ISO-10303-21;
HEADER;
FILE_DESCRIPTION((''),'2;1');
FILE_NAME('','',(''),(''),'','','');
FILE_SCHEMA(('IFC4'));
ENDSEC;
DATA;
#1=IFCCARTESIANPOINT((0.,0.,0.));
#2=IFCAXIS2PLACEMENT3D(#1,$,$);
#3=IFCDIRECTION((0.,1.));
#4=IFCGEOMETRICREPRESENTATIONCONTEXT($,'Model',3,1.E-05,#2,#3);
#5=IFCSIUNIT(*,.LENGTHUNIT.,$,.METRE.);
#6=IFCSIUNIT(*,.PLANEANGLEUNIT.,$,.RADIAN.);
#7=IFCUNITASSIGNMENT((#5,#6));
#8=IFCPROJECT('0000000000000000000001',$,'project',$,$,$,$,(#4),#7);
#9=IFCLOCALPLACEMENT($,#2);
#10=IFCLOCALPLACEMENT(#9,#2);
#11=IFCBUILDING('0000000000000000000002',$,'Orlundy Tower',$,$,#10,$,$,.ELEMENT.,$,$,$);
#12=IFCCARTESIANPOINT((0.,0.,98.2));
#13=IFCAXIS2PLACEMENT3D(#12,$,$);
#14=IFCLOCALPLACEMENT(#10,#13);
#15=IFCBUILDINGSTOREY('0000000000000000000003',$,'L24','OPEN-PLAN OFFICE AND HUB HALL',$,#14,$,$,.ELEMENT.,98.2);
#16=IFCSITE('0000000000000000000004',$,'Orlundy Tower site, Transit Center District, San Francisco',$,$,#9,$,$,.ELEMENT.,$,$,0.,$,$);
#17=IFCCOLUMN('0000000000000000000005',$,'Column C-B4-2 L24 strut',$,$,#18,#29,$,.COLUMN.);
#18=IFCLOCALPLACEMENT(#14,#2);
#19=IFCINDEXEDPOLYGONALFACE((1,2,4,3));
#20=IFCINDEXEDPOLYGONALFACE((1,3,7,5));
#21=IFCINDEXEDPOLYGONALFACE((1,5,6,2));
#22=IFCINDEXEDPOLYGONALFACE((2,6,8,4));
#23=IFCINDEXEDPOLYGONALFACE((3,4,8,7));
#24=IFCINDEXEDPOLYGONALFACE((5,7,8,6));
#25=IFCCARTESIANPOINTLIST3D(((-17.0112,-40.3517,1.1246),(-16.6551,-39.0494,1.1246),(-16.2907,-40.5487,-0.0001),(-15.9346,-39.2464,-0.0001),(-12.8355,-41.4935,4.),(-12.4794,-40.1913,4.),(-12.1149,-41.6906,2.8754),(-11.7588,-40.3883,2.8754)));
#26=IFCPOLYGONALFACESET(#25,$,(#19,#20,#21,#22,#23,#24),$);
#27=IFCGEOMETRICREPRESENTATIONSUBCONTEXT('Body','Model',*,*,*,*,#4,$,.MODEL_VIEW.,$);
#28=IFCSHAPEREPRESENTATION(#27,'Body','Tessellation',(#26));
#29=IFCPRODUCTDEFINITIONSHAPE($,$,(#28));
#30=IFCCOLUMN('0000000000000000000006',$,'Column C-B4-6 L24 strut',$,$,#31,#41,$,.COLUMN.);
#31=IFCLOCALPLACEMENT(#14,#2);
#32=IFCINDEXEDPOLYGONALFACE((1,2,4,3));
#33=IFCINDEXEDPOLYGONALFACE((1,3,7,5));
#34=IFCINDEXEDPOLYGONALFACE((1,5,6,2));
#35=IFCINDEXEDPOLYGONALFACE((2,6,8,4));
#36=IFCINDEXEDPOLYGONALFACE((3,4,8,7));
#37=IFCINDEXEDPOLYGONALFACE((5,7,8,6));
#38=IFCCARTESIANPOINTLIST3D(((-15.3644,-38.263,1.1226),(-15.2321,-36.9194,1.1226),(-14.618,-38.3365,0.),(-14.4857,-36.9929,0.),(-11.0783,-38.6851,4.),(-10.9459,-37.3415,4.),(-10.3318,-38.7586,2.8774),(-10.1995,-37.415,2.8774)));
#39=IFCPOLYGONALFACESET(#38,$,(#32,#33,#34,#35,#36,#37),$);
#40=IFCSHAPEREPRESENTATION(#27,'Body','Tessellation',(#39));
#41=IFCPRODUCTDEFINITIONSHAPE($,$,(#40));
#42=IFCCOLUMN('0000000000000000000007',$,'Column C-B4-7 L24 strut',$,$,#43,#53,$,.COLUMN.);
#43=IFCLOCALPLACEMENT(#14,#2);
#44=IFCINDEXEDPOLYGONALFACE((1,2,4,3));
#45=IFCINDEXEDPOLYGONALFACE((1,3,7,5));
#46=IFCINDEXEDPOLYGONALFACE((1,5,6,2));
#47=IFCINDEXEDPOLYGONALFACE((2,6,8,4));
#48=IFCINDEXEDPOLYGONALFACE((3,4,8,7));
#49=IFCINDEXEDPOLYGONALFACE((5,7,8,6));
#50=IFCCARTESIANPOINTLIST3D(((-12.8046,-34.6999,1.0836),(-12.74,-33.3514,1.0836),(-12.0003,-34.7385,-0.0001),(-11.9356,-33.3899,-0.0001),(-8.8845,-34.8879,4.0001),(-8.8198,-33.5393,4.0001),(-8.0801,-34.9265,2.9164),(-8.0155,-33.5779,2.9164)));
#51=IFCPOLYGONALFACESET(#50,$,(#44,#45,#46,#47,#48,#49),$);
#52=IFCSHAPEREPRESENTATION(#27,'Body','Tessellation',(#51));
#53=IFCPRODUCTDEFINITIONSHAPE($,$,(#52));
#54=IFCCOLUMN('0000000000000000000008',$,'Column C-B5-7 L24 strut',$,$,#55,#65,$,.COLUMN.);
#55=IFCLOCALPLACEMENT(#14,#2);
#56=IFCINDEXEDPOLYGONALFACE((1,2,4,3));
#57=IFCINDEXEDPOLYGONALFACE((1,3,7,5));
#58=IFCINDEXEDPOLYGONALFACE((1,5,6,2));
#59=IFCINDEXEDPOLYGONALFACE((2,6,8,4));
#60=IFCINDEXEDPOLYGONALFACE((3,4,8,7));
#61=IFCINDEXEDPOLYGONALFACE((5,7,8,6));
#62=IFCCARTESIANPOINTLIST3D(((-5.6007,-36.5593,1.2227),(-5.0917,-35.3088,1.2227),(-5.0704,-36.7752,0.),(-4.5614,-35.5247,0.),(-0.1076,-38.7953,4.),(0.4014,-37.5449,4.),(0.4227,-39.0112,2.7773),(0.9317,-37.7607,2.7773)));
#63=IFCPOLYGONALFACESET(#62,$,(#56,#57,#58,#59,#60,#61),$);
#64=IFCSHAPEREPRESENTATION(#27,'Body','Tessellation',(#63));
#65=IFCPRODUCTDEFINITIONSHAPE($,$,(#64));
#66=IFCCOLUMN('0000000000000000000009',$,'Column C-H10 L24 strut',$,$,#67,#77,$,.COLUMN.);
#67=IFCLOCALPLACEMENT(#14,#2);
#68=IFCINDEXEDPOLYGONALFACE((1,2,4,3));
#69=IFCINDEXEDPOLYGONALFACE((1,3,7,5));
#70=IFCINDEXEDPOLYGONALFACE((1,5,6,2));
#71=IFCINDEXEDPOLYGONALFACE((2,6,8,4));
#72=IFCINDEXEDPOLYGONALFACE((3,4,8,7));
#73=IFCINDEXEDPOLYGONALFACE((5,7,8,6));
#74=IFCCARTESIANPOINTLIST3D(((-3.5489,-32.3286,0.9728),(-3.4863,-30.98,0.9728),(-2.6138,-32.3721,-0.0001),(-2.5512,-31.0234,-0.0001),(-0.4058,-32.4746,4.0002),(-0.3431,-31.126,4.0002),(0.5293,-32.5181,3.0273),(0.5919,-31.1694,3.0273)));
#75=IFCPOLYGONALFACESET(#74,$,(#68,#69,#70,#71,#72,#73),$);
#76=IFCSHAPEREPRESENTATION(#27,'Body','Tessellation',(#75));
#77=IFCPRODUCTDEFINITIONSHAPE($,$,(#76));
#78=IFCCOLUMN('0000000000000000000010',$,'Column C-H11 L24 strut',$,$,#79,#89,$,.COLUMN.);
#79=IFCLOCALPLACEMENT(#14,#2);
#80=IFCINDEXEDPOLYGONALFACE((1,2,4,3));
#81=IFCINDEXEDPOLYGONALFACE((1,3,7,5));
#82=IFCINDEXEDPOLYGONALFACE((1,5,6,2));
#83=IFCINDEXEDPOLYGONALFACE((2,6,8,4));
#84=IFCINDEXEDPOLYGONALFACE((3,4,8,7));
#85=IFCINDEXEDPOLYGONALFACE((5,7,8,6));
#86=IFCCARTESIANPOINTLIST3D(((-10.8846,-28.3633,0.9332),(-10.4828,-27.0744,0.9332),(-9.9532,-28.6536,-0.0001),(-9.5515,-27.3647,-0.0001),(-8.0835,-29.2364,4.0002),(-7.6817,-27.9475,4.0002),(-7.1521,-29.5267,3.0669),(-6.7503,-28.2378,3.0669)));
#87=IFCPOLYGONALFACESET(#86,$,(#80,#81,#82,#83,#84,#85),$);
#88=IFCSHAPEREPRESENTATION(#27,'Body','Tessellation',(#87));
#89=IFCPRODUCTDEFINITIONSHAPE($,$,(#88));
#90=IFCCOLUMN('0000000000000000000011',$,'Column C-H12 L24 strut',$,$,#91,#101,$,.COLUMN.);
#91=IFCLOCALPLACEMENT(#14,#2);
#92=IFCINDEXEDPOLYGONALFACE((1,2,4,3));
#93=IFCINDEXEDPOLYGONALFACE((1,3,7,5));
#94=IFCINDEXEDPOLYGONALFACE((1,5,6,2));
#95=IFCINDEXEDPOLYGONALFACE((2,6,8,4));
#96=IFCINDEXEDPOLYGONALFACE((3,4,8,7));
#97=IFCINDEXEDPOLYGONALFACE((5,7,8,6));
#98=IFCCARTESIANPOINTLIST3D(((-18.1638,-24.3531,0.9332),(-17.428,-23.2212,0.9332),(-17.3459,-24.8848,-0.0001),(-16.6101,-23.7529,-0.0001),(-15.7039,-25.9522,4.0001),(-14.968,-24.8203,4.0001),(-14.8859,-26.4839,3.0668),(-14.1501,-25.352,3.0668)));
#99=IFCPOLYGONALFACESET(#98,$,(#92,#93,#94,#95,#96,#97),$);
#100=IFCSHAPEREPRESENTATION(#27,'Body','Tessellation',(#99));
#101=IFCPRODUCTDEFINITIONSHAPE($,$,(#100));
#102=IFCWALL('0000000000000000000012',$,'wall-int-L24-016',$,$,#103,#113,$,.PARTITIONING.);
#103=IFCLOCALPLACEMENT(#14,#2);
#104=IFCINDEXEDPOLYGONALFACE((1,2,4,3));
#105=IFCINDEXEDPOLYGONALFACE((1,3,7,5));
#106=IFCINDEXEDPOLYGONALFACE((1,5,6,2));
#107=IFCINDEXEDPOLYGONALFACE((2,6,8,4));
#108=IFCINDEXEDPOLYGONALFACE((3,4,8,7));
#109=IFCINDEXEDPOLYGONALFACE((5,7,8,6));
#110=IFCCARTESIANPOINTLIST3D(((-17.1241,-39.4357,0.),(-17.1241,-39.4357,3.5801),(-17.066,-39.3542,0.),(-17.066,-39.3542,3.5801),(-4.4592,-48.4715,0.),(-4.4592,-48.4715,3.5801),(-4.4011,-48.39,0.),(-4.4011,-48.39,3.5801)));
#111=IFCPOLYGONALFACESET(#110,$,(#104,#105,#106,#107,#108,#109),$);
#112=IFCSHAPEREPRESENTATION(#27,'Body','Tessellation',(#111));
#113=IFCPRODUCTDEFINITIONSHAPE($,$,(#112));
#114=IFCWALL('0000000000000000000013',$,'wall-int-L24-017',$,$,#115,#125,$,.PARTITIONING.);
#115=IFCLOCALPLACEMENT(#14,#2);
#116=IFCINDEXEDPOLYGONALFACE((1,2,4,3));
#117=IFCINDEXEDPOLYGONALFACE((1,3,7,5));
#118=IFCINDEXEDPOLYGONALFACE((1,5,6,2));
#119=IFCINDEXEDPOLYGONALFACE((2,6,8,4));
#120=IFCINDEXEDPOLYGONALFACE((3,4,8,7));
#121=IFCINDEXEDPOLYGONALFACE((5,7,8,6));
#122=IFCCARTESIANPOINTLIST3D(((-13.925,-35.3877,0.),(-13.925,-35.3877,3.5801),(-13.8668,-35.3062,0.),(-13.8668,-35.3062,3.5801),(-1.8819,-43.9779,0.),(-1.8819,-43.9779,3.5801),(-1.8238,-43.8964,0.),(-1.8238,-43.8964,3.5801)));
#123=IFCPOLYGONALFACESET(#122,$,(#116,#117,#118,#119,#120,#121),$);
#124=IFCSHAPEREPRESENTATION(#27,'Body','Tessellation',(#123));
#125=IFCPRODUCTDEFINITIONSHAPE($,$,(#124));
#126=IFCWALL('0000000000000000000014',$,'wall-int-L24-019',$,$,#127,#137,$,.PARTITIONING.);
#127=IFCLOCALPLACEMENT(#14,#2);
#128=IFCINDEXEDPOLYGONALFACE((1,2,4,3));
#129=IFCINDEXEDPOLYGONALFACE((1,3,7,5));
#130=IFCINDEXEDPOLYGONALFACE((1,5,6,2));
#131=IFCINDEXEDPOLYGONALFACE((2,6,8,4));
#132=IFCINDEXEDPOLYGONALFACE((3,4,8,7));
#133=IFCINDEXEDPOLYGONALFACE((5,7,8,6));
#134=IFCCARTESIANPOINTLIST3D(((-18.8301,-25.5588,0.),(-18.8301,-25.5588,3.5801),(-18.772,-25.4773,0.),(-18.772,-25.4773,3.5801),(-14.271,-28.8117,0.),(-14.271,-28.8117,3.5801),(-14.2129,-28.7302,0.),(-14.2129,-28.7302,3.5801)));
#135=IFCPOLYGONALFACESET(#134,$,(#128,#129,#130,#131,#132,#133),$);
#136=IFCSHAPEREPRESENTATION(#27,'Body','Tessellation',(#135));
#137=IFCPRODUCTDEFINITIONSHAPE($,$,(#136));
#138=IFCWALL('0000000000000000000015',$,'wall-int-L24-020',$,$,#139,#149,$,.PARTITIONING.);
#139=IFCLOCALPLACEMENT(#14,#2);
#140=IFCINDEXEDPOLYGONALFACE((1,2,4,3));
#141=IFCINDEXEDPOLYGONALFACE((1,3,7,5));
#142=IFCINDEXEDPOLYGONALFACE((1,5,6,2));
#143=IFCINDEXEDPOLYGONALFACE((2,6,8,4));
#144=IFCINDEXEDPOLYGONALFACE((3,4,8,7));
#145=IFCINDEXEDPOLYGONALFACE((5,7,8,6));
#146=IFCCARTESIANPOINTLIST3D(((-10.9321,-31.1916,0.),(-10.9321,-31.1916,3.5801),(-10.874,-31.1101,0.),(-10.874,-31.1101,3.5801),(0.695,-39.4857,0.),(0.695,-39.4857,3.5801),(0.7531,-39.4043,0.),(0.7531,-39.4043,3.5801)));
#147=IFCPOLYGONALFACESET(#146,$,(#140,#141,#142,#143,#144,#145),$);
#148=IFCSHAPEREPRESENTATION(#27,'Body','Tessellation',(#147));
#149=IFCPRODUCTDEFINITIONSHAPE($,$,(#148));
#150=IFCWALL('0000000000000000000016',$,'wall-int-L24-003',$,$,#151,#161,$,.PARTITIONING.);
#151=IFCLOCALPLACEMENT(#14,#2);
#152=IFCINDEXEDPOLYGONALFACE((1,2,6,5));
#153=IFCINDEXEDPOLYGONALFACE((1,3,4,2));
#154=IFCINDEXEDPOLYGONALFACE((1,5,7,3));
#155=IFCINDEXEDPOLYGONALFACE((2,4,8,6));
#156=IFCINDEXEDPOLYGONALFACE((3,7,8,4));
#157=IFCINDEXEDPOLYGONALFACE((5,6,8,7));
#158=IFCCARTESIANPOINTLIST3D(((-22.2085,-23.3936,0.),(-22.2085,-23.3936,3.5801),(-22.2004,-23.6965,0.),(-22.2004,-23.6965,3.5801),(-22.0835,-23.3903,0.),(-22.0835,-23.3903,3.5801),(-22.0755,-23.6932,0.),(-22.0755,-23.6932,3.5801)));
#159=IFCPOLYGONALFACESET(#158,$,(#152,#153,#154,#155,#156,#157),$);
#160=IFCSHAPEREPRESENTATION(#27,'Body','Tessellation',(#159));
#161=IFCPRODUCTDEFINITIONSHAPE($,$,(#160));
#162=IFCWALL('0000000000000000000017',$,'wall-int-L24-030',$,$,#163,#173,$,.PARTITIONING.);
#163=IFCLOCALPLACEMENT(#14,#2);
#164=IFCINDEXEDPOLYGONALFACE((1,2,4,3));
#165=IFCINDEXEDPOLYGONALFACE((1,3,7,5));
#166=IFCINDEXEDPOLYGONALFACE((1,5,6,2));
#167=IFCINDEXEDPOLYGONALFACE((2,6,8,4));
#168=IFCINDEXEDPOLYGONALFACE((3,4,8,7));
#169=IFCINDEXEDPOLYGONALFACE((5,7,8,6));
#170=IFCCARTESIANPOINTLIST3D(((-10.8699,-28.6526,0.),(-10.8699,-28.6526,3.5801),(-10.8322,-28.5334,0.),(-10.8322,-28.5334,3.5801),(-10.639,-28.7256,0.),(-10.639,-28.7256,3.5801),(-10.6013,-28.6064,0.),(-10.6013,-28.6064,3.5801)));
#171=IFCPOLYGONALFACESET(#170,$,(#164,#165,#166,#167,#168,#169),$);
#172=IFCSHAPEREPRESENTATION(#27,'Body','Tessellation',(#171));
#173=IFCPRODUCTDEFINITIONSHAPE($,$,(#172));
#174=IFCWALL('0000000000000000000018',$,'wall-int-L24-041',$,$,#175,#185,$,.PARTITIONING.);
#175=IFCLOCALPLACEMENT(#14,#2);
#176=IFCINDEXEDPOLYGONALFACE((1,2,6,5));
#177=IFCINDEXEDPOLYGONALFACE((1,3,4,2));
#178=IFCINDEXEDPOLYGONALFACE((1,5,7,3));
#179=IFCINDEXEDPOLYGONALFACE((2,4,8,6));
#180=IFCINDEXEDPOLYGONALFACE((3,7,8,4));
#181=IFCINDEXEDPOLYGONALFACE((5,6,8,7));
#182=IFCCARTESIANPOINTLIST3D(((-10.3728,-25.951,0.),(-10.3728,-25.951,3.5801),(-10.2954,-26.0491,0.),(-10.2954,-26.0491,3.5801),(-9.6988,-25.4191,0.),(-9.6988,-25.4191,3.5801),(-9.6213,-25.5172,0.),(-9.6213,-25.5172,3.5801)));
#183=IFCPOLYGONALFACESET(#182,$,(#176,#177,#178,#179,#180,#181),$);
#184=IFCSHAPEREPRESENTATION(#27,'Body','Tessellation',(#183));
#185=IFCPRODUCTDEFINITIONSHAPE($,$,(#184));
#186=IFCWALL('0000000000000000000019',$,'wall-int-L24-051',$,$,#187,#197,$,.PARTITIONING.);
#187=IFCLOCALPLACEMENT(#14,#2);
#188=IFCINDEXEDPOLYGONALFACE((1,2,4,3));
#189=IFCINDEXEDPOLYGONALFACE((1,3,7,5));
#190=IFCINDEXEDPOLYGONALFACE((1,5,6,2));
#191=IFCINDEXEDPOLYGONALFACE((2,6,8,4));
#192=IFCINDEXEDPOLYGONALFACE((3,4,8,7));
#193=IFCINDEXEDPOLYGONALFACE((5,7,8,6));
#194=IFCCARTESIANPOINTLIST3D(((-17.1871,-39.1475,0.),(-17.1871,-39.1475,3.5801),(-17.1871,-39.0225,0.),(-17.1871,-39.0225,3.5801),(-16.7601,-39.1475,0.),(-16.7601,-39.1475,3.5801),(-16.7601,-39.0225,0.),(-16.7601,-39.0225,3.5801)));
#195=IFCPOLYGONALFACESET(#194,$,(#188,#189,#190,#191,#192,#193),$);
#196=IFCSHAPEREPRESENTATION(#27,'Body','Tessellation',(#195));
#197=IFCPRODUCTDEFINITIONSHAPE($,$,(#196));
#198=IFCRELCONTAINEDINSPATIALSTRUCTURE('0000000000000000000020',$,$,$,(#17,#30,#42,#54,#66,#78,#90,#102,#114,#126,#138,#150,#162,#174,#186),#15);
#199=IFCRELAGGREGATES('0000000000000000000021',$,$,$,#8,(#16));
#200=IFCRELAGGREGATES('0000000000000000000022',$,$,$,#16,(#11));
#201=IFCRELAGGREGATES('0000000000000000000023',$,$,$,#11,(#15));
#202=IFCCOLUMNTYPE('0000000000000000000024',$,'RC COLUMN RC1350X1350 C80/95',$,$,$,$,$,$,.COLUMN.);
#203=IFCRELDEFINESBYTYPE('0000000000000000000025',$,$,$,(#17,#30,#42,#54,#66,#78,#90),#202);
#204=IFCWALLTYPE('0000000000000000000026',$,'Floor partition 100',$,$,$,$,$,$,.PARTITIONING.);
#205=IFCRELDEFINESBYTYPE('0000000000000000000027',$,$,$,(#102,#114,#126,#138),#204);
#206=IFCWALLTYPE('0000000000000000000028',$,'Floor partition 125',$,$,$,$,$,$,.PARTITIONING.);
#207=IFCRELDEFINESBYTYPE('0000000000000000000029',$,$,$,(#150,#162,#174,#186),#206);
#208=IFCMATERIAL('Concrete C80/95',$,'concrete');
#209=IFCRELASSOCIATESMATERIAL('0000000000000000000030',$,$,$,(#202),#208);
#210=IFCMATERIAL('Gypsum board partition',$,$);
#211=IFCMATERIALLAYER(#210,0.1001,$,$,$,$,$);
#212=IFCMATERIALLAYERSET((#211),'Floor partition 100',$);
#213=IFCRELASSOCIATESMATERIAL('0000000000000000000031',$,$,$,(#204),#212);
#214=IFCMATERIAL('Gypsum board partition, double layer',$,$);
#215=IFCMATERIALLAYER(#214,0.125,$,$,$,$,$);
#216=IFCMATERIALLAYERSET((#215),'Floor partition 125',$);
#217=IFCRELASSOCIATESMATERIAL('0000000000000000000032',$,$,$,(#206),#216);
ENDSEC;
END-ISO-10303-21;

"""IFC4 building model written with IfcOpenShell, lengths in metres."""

from ifc_helpers import new_model, si_unit, direction, frame, frame_2d, origin, origin_2d, place, context, subcontext, project, spatial, rectangle, extrude, material, layer, layer_set, material_profile, profile_set, type_object, element, save


model = new_model("IFC4")

# Units and contexts
model_context = context("Model", 3, precision=1e-05, world=origin(), true_north=direction((0.0, 1.0)))
body_context = subcontext(model_context, "Body", "Model", "MODEL_VIEW")
ifc_project = project(units=[si_unit("LENGTHUNIT", "METRE"), si_unit("PLANEANGLEUNIT", "RADIAN")], contexts=[model_context])

# Site, building, storey
site_placement = place(None, origin())
site = spatial("IfcSite", under=ifc_project, at=site_placement, Name="Orlundy Tower site, Transit Center District, San Francisco", CompositionType="ELEMENT", RefElevation=0.0)
building_placement = place(site_placement, origin())
building = spatial("IfcBuilding", under=site, at=building_placement, Name="Orlundy Tower", CompositionType="ELEMENT")
storey_placement = place(building_placement, frame((0.0, 0.0, 98.2)))
storey = spatial("IfcBuildingStorey", under=building, at=storey_placement, Name="L24", Description="OPEN-PLAN OFFICE AND HUB HALL", CompositionType="ELEMENT", Elevation=98.2)

# Columns
ifc_material_1 = material(Name="Concrete C80/95", Category="concrete")
ifc_material_profile = material_profile(ifc_material_1, rectangle(XDim=1.3501, YDim=1.3501, at=origin_2d()), Name="RC1350X1350")
ifc_profile_set = profile_set([ifc_material_profile], Name="Concrete C80/95")
column_type = type_object("IfcColumnType", Name="RC COLUMN RC1350X1350 C80/95", PredefinedType="COLUMN", material=ifc_profile_set)
column_1_placement = place(storey_placement, frame((-16.4729, -39.7991, 0.5623), z_axis=(0.80349, -0.21971, 0.553292), x_axis=(0.263762, 0.964588, 0.0)))
element("IfcColumn", 1, at=column_1_placement, inside=storey, type_object=column_type, Name="Column C-B4-2 L24 strut", PredefinedType="COLUMN", context=body_context, shape_type="SweptSolid", body=[
    extrude(rectangle(XDim=1.3501, YDim=1.3501, at=origin_2d()), origin(), (0.0, 0.0, 1.0), 5.197),
])
column_2_placement = place(storey_placement, frame((-14.925, -37.6279, 0.5613), z_axis=(0.827494, -0.081496, 0.555528), x_axis=(0.098011, 0.995185, 0.0)))
element("IfcColumn", 2, at=column_2_placement, inside=storey, type_object=column_type, Name="Column C-B4-6 L24 strut", PredefinedType="COLUMN", context=body_context, shape_type="SweptSolid", body=[
    extrude(rectangle(XDim=1.3501, YDim=1.3501, at=origin_2d()), origin(), (0.0, 0.0, 1.0), 5.1797),
])
column_3_placement = place(storey_placement, frame((-12.3701, -34.0449, 0.5417), z_axis=(0.801721, -0.038446, 0.59646), x_axis=(0.047899, 0.998852, 0.0)))
element("IfcColumn", 3, at=column_3_placement, inside=storey, type_object=column_type, Name="Column C-B4-7 L24 strut", PredefinedType="COLUMN", context=body_context, shape_type="SweptSolid", body=[
    extrude(rectangle(XDim=1.3501, YDim=1.3501, at=origin_2d()), origin(), (0.0, 0.0, 1.0), 4.8896),
])
column_4_placement = place(storey_placement, frame((-5.0811, -36.042, 0.6113), z_axis=(0.838787, -0.341442, 0.424091), x_axis=(0.377026, 0.926203, 0.0)))
element("IfcColumn", 4, at=column_4_placement, inside=storey, type_object=column_type, Name="Column C-B5-7 L24 strut", PredefinedType="COLUMN", context=body_context, shape_type="SweptSolid", body=[
    extrude(rectangle(XDim=1.3501, YDim=1.3501, at=origin_2d()), origin(), (0.0, 0.0, 1.0), 6.5488),
])
column_5_placement = place(storey_placement, frame((-3.05, -31.676, 0.4863), z_axis=(0.719839, -0.033437, 0.693335), x_axis=(0.0464, 0.998923, 0.0)))
element("IfcColumn", 5, at=column_5_placement, inside=storey, type_object=column_type, Name="Column C-H10 L24 strut", PredefinedType="COLUMN", context=body_context, shape_type="SweptSolid", body=[
    extrude(rectangle(XDim=1.3501, YDim=1.3501, at=origin_2d()), origin(), (0.0, 0.0, 1.0), 4.3665),
])
for number, where, z_axis, x_axis, name in (
    (6, (-10.218, -27.864, 0.4666), (0.659955, -0.2057, 0.722597), (0.297569, 0.9547, 0.0), "Column C-H11 L24 strut"),
    (7, (-17.387, -24.053, 0.4666), (0.579586, -0.376765, 0.722584), (0.545023, 0.838421, 0.0), "Column C-H12 L24 strut"),
):
    element("IfcColumn", number, at=place(storey_placement, frame(where, z_axis=z_axis, x_axis=x_axis)), inside=storey, type_object=column_type, Name=name, PredefinedType="COLUMN", context=body_context, shape_type="SweptSolid", body=[
        extrude(rectangle(XDim=1.3501, YDim=1.3501, at=origin_2d()), origin(), (0.0, 0.0, 1.0), 4.2444),
    ])

# Walls
ifc_material_2 = material(Name="Gypsum board partition")
ifc_layer_1 = layer(ifc_material_2, 0.1001)
ifc_layer_set_1 = layer_set([ifc_layer_1], Name="Floor partition 100")
wall_type_1 = type_object("IfcWallType", Name="Floor partition 100", PredefinedType="PARTITIONING", material=ifc_layer_set_1)
wall_1_placement = place(storey_placement, frame((-17.095, -39.395, 0.0), z_axis=(0.0, 0.0, 1.0), x_axis=(0.814055, -0.580788, 0.0)))
element("IfcWall", 8, at=wall_1_placement, inside=storey, type_object=wall_type_1, Name="wall-int-L24-016", PredefinedType="PARTITIONING", context=body_context, shape_type="SweptSolid", body=[
    extrude(rectangle(XDim=15.5579, YDim=0.1001, at=frame_2d((7.7788, 0.0))), origin(), (0.0, 0.0, 1.0), 3.5801),
])
wall_2_placement = place(storey_placement, frame((-13.896, -35.3469, 0.0), z_axis=(0.0, 0.0, 1.0), x_axis=(0.814118, -0.580699, 0.0)))
element("IfcWall", 9, at=wall_2_placement, inside=storey, type_object=wall_type_1, Name="wall-int-L24-017", PredefinedType="PARTITIONING", context=body_context, shape_type="SweptSolid", body=[
    extrude(rectangle(XDim=14.7927, YDim=0.1001, at=frame_2d((7.3965, 0.0))), origin(), (0.0, 0.0, 1.0), 3.5801),
])
wall_3_placement = place(storey_placement, frame((-18.801, -25.5181, 0.0), z_axis=(0.0, 0.0, 1.0), x_axis=(0.814034, -0.580818, 0.0)))
element("IfcWall", 10, at=wall_3_placement, inside=storey, type_object=wall_type_1, Name="wall-int-L24-019", PredefinedType="PARTITIONING", context=body_context, shape_type="SweptSolid", body=[
    extrude(rectangle(XDim=5.6006, YDim=0.1001, at=frame_2d((2.8003, 0.0))), origin(), (0.0, 0.0, 1.0), 3.5801),
])
wall_4_placement = place(storey_placement, frame((-10.9031, -31.1509, 0.0), z_axis=(0.0, 0.0, 1.0), x_axis=(0.814096, -0.58073, 0.0)))
element("IfcWall", 11, at=wall_4_placement, inside=storey, type_object=wall_type_1, Name="wall-int-L24-020", PredefinedType="PARTITIONING", context=body_context, shape_type="SweptSolid", body=[
    extrude(rectangle(XDim=14.2822, YDim=0.1001, at=frame_2d((7.1411, 0.0))), origin(), (0.0, 0.0, 1.0), 3.5801),
])
ifc_material_3 = material(Name="Gypsum board partition, double layer")
ifc_layer_2 = layer(ifc_material_3, 0.125)
ifc_layer_set_2 = layer_set([ifc_layer_2], Name="Floor partition 125")
wall_type_2 = type_object("IfcWallType", Name="Floor partition 125", PredefinedType="PARTITIONING", material=ifc_layer_set_2)
wall_5_placement = place(storey_placement, frame((-22.146, -23.3921, 0.0), z_axis=(0.0, 0.0, 1.0), x_axis=(0.026582, -0.999647, 0.0)))
element("IfcWall", 12, at=wall_5_placement, inside=storey, type_object=wall_type_2, Name="wall-int-L24-003", PredefinedType="PARTITIONING", context=body_context, shape_type="SweptSolid", body=[
    extrude(rectangle(XDim=0.303, YDim=0.125, at=frame_2d((0.1514, 0.0))), origin(), (0.0, 0.0, 1.0), 3.5801),
])
wall_6_placement = place(storey_placement, frame((-10.8511, -28.593, 0.0), z_axis=(0.0, 0.0, 1.0), x_axis=(0.953506, -0.301373, 0.0)))
element("IfcWall", 13, at=wall_6_placement, inside=storey, type_object=wall_type_2, Name="wall-int-L24-030", PredefinedType="PARTITIONING", context=body_context, shape_type="SweptSolid", body=[
    extrude(rectangle(XDim=0.2422, YDim=0.125, at=frame_2d((0.1211, 0.0))), origin(), (0.0, 0.0, 1.0), 3.5801),
])
wall_7_placement = place(storey_placement, frame((-10.334, -26.0, 0.0), z_axis=(0.0, 0.0, 1.0), x_axis=(0.784985, 0.619515, 0.0)))
element("IfcWall", 14, at=wall_7_placement, inside=storey, type_object=wall_type_2, Name="wall-int-L24-041", PredefinedType="PARTITIONING", context=body_context, shape_type="SweptSolid", body=[
    extrude(rectangle(XDim=0.8586, YDim=0.125, at=frame_2d((0.4292, 0.0))), origin(), (0.0, 0.0, 1.0), 3.5801),
])
for number, where, z_axis, x_axis, name in (
    (15, (-17.187, -39.085, 0.0), (0.0, 0.0, 1.0), (1.0, 0.0, 0.0), "wall-int-L24-051"),
):
    element("IfcWall", number, at=place(storey_placement, frame(where, z_axis=z_axis, x_axis=x_axis)), inside=storey, type_object=wall_type_2, Name=name, PredefinedType="PARTITIONING", context=body_context, shape_type="SweptSolid", body=[
        extrude(rectangle(XDim=0.427, YDim=0.125, at=frame_2d((0.2134, 0.0))), origin(), (0.0, 0.0, 1.0), 3.5801),
    ])

save(model, "model.ifc")
